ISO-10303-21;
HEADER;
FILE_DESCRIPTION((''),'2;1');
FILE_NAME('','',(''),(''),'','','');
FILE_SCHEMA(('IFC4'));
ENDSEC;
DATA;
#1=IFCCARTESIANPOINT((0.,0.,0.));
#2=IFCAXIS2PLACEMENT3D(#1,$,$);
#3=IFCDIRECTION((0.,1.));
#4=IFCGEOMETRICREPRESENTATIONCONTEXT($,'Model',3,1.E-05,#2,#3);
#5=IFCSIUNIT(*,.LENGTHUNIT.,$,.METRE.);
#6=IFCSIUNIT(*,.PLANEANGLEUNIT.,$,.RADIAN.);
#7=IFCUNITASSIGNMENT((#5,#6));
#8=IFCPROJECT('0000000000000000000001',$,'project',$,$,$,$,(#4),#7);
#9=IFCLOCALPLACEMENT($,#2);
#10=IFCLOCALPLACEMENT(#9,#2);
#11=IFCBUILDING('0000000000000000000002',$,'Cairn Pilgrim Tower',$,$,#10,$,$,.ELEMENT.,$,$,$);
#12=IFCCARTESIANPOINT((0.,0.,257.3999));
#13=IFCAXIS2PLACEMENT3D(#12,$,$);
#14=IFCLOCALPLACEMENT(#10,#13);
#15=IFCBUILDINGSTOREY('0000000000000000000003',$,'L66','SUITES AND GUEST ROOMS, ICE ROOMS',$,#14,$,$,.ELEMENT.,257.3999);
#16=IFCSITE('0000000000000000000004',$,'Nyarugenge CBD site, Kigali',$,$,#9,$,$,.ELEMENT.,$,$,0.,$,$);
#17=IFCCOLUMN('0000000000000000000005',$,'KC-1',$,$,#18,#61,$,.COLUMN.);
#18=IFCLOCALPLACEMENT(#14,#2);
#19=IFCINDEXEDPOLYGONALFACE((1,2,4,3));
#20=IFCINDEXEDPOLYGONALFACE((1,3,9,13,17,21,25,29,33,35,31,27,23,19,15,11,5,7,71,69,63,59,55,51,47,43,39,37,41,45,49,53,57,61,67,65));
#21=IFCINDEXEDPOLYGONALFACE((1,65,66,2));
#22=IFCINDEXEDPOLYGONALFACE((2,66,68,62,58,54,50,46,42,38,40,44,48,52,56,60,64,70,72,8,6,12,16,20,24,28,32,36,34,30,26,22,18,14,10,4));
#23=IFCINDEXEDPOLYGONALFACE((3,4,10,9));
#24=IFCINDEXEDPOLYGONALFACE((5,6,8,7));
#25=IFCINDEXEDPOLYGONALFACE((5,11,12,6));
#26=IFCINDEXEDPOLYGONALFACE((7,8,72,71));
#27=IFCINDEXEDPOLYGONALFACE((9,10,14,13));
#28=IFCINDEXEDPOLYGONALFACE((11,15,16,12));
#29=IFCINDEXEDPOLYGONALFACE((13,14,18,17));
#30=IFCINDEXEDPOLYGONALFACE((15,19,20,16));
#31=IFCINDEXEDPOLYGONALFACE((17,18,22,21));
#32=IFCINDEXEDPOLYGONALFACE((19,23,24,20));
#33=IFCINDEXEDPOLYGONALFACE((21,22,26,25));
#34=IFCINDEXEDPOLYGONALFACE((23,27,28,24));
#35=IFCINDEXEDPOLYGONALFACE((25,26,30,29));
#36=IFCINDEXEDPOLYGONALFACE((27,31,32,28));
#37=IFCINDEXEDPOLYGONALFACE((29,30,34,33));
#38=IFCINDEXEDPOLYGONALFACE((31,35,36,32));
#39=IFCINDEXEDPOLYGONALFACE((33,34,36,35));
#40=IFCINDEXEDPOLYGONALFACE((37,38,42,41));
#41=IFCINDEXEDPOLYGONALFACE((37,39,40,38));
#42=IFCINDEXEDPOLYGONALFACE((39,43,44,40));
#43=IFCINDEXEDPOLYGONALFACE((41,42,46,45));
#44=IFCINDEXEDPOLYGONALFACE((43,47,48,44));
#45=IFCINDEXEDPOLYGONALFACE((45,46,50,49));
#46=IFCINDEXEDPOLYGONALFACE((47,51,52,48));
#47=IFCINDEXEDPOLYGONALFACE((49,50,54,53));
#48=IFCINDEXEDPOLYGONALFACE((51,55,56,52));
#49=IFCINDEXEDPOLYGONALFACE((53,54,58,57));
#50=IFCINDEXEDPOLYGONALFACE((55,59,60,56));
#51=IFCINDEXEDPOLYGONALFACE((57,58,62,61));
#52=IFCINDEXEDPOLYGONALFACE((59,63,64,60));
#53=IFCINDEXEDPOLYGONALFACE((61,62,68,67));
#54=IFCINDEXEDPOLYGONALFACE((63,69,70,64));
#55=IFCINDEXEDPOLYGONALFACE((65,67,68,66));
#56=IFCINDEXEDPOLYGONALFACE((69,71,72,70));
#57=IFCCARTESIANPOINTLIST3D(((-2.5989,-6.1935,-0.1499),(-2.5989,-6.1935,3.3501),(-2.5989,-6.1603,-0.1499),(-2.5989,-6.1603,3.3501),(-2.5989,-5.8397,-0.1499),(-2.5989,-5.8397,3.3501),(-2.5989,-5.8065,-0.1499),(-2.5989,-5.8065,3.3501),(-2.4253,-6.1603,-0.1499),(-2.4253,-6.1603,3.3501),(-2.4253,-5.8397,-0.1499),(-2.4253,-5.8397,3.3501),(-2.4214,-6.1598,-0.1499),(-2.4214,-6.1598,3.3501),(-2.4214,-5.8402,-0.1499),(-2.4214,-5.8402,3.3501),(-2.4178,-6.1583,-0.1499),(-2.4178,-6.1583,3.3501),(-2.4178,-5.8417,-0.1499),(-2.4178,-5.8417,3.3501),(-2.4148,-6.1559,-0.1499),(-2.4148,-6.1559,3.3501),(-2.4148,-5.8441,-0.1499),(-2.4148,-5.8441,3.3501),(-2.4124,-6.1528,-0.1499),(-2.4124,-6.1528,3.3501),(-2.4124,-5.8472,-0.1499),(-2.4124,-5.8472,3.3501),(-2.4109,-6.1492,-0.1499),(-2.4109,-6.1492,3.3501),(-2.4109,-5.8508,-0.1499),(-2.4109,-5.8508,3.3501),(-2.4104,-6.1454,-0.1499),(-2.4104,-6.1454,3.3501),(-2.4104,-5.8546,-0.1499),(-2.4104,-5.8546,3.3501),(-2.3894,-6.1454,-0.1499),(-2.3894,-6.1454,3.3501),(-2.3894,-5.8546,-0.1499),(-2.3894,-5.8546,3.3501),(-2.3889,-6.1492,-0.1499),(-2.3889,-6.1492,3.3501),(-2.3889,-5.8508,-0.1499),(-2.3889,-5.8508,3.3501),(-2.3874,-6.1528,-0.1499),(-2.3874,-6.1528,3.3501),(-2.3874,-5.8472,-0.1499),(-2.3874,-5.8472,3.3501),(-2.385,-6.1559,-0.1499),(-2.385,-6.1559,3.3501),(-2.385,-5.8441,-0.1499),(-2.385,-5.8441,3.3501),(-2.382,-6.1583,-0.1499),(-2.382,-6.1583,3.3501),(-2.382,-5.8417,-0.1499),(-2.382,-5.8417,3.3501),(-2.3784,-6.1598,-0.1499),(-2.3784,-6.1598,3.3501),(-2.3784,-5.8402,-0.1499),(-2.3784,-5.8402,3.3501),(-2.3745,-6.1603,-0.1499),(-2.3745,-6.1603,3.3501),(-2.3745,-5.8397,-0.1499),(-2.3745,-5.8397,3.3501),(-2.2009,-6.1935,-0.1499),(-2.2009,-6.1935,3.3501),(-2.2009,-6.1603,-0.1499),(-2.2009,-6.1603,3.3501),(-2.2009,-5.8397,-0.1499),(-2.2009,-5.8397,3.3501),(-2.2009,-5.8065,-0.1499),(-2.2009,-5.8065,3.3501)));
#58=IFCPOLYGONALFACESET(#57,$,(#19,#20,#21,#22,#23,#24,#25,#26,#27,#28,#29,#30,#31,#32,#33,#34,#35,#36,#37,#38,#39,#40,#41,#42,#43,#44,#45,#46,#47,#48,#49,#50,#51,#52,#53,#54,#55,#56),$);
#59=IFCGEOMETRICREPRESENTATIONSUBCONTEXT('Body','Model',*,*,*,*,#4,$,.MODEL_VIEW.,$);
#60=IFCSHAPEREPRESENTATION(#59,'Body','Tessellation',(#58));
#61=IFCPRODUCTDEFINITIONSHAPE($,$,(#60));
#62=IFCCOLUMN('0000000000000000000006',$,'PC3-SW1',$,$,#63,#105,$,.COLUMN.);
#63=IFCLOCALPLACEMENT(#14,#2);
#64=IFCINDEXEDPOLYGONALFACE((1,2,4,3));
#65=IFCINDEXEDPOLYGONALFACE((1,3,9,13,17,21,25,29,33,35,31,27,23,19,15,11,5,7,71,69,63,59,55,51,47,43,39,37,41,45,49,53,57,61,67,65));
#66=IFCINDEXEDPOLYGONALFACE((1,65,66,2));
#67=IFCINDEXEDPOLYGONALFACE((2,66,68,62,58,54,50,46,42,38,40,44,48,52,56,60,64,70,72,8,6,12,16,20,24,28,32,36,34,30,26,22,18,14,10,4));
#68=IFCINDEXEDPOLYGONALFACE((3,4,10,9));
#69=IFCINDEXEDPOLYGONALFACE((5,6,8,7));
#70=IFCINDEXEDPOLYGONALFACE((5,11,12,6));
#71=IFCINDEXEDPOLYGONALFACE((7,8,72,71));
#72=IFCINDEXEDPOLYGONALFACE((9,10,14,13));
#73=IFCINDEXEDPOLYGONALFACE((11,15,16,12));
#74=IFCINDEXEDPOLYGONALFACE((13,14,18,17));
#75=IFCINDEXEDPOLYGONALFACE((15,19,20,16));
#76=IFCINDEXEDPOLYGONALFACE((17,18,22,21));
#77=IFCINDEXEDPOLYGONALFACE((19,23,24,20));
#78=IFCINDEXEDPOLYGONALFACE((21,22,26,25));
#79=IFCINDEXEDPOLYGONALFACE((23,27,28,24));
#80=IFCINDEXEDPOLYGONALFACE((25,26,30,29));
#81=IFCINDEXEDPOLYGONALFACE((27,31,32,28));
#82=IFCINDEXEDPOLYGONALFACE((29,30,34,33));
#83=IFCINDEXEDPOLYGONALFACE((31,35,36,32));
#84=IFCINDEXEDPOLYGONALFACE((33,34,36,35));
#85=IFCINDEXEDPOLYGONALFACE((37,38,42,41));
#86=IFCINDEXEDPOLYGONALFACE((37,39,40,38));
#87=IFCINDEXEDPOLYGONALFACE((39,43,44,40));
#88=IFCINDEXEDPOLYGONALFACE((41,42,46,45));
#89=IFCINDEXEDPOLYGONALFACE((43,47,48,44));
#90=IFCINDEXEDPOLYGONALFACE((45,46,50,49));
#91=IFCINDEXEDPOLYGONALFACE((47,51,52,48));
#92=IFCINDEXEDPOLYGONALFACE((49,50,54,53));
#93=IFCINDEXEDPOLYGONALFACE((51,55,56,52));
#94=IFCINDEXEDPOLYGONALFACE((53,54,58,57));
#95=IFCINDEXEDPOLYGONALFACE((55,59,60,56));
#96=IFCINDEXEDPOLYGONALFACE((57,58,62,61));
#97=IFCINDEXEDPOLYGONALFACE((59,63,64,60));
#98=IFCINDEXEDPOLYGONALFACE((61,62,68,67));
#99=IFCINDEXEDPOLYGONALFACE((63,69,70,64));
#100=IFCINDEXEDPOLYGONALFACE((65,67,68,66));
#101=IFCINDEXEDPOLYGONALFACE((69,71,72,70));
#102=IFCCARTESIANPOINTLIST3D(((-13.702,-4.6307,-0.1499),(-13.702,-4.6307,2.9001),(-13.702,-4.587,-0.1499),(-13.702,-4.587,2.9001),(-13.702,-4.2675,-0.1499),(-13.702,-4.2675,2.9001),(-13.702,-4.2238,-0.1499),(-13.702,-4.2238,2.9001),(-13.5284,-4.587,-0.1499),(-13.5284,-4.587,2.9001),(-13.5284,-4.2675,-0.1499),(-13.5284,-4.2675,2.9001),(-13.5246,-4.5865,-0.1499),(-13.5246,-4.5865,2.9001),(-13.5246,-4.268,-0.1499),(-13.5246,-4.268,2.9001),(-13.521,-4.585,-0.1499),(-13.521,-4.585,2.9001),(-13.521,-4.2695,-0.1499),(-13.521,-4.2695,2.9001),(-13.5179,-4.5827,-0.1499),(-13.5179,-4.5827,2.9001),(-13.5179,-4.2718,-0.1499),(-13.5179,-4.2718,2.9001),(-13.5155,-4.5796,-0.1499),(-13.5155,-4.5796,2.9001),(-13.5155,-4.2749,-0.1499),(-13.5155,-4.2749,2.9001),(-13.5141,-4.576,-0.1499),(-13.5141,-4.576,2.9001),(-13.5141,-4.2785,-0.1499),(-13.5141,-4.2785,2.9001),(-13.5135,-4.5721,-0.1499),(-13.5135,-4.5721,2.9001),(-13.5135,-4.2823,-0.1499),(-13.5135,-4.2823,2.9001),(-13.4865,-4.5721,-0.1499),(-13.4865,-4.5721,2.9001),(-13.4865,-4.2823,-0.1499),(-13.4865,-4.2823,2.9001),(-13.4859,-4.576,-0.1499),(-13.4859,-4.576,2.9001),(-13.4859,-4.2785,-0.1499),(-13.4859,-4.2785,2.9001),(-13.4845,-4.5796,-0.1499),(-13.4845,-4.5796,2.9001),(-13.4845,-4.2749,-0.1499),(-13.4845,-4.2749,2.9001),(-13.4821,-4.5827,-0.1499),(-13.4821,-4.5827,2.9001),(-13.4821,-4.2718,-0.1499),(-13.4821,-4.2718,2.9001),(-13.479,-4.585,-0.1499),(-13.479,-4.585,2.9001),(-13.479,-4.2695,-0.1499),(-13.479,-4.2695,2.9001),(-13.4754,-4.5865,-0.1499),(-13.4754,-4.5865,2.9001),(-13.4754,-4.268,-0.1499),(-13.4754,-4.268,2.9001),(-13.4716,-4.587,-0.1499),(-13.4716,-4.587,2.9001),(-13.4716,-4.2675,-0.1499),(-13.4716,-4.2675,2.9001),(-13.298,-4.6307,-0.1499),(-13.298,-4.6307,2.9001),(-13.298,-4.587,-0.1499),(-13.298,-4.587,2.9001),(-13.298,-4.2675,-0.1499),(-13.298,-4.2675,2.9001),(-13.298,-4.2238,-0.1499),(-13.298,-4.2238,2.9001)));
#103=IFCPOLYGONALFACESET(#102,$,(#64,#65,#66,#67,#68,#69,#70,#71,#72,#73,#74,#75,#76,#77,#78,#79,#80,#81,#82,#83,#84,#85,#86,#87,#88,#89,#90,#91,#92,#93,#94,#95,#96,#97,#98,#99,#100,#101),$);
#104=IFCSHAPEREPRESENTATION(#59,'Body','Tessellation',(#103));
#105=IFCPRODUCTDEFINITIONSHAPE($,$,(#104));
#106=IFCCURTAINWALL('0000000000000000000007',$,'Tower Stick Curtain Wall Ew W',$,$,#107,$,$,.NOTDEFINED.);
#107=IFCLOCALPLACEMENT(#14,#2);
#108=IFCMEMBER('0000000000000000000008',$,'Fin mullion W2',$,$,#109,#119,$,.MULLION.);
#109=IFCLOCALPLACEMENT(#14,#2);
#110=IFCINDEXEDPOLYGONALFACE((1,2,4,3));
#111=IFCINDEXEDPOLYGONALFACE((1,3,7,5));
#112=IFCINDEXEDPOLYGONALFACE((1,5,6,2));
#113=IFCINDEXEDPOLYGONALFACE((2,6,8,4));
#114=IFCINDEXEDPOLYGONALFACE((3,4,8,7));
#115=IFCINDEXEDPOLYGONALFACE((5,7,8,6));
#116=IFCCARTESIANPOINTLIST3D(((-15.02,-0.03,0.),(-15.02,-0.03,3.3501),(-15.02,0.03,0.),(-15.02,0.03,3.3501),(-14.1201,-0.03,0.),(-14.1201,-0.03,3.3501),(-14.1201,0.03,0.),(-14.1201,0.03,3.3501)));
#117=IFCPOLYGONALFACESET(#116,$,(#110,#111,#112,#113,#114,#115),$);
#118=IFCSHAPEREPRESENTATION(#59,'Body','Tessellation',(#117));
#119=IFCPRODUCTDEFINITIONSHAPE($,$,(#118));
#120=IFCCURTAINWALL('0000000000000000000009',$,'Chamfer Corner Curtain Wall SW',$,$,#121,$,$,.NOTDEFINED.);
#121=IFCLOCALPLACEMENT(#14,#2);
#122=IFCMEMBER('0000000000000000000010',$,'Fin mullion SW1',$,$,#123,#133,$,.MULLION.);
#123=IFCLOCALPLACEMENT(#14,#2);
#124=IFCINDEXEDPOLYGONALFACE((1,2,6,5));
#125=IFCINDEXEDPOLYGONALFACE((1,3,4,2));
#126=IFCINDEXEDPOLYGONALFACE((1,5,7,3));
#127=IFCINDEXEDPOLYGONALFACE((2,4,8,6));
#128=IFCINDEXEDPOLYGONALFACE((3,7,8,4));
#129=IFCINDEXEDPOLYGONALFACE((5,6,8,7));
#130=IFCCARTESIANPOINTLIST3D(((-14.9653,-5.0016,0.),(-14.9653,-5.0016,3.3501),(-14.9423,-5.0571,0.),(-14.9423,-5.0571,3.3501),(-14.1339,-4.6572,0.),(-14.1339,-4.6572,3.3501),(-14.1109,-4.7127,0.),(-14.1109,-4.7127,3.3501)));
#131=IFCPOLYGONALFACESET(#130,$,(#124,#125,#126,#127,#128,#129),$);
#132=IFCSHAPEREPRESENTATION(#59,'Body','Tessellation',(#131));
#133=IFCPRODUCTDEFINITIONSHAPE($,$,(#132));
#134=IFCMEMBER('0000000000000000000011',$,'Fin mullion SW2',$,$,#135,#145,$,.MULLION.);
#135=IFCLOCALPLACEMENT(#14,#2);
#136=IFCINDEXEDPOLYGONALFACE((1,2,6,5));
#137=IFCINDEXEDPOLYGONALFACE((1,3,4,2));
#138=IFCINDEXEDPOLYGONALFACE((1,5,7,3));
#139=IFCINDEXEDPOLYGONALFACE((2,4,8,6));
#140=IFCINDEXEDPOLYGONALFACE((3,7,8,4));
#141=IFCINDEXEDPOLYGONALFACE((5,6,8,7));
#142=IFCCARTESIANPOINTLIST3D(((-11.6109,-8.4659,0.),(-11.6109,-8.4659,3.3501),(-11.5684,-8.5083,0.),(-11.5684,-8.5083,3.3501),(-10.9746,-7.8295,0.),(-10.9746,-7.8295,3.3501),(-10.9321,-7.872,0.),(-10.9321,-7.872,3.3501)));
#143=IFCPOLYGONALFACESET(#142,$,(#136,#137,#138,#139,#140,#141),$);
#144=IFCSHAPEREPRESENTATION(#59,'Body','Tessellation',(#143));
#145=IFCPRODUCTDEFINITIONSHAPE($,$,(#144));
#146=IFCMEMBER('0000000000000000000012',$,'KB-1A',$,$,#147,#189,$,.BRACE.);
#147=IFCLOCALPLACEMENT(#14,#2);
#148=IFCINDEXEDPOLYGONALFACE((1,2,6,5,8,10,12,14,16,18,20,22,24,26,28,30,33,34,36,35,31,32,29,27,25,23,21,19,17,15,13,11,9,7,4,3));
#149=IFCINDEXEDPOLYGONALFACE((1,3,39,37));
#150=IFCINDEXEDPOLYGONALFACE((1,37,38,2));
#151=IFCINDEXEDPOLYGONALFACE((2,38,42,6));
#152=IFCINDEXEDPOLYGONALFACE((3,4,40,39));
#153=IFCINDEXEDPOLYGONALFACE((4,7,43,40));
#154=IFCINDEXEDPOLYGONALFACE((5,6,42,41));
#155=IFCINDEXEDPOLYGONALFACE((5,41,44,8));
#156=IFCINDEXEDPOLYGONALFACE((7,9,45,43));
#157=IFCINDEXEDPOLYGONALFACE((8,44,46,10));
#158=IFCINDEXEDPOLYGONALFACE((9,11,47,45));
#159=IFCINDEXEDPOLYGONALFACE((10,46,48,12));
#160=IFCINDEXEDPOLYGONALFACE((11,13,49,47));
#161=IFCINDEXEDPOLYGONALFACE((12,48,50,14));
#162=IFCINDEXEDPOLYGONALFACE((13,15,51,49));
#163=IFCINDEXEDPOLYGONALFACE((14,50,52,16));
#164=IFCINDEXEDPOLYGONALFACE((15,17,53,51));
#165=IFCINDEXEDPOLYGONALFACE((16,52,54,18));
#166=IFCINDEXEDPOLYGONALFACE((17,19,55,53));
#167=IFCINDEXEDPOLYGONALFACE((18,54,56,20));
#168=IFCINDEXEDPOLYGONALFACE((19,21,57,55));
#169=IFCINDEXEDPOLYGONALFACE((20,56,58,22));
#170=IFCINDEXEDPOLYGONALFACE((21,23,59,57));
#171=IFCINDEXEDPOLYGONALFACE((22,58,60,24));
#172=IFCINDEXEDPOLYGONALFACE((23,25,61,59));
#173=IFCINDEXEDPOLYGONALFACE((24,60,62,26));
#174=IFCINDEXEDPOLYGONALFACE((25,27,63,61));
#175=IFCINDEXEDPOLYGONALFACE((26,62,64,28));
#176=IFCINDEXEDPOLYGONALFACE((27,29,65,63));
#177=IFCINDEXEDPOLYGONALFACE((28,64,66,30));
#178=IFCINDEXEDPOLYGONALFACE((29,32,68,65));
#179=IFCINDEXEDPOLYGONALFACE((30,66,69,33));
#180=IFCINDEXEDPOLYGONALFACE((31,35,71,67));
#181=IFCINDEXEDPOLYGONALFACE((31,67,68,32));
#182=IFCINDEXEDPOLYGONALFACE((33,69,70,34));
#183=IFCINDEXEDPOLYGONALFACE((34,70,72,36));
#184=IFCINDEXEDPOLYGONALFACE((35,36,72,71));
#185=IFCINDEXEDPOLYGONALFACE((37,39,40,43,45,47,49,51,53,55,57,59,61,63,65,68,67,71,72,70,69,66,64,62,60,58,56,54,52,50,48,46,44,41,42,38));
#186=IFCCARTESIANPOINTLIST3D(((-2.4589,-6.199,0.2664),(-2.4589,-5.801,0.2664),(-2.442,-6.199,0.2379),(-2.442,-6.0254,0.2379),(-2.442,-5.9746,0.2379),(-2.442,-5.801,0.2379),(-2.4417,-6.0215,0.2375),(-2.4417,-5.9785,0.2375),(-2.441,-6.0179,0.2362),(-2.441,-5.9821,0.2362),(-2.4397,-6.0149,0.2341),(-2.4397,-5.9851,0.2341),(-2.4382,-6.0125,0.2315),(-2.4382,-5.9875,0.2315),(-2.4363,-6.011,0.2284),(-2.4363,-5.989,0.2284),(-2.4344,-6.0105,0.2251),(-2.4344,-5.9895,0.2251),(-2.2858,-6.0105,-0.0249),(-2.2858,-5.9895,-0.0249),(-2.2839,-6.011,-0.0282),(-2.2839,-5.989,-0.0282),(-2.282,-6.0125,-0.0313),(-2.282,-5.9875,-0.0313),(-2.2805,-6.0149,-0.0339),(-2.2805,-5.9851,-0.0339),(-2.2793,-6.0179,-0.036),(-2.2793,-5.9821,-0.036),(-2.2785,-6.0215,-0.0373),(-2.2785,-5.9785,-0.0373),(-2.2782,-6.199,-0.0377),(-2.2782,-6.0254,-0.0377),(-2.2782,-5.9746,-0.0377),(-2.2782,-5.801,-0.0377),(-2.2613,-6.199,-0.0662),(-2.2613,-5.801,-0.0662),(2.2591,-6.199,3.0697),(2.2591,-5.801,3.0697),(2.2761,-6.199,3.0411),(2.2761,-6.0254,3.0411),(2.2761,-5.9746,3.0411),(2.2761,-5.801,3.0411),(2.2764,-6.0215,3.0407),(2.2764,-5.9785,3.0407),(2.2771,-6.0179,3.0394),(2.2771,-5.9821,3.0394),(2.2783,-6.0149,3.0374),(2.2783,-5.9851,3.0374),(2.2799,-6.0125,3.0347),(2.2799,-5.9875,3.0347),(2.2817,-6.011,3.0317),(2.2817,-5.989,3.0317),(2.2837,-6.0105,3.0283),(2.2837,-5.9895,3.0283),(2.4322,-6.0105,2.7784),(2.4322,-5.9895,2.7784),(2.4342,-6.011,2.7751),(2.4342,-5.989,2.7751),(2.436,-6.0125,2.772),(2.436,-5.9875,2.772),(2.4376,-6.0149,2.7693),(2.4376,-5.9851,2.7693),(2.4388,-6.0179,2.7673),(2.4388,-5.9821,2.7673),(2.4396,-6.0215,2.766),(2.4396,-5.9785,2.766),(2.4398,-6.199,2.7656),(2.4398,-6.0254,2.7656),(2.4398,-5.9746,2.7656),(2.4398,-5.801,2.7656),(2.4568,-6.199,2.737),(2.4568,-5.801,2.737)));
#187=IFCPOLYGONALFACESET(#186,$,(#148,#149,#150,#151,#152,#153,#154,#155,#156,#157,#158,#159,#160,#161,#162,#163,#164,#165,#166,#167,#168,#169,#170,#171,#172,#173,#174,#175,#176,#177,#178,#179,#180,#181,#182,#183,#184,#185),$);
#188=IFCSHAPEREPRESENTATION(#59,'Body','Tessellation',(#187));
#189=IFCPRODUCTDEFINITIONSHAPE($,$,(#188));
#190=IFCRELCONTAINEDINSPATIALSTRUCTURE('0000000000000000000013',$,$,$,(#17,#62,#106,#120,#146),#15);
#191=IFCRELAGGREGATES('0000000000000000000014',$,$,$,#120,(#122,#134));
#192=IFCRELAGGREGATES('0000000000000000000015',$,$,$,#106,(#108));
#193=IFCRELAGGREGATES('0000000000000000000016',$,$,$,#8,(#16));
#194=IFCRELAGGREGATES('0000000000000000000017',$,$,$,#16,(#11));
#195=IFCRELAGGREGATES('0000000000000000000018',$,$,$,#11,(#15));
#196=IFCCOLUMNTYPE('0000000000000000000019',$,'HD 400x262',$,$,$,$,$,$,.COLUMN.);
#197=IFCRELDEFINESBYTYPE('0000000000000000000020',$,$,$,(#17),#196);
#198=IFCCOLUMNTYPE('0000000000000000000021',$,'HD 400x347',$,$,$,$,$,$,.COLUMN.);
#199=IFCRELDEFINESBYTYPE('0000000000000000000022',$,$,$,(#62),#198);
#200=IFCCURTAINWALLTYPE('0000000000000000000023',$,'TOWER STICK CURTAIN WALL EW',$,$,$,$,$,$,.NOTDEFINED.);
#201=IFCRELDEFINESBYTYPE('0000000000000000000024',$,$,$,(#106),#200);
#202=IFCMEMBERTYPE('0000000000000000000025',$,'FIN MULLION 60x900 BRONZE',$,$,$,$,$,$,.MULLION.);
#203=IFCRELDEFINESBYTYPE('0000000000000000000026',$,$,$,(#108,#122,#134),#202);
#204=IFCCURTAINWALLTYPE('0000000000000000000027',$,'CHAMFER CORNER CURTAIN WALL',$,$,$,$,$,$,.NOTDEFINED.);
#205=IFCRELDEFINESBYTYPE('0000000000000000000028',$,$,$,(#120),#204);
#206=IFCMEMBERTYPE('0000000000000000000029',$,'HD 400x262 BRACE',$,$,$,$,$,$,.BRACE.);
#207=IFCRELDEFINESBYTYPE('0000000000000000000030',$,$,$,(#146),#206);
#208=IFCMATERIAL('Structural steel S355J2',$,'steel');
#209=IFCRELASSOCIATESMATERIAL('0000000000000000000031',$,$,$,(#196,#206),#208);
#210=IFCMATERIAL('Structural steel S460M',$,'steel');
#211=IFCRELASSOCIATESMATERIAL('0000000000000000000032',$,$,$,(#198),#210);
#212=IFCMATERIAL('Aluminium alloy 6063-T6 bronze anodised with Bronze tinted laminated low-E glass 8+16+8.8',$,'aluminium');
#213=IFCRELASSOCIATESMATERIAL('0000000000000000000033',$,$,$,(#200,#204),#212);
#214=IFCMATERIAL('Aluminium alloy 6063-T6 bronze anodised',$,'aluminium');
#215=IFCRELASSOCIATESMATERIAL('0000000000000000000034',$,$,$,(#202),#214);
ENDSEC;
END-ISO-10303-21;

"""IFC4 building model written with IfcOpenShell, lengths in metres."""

from ifc_helpers import new_model, si_unit, direction, frame, origin, origin_2d, place, context, subcontext, project, spatial, rectangle, i_section, extrude, clip, halfspace, material, material_profile, profile_set, type_object, element, aggregate, save


model = new_model("IFC4")

# Units and contexts
model_context = context("Model", 3, precision=1e-05, world=origin(), true_north=direction((0.0, 1.0)))
body_context = subcontext(model_context, "Body", "Model", "MODEL_VIEW")
ifc_project = project(units=[si_unit("LENGTHUNIT", "METRE"), si_unit("PLANEANGLEUNIT", "RADIAN")], contexts=[model_context])

# Site, building, storey
site_placement = place(None, origin())
site = spatial("IfcSite", under=ifc_project, at=site_placement, Name="Nyarugenge CBD site, Kigali", CompositionType="ELEMENT", RefElevation=0.0)
building_placement = place(site_placement, origin())
building = spatial("IfcBuilding", under=site, at=building_placement, Name="Cairn Pilgrim Tower", CompositionType="ELEMENT")
storey_placement = place(building_placement, frame((0.0, 0.0, 257.3999)))
storey = spatial("IfcBuildingStorey", under=building, at=storey_placement, Name="L66", Description="SUITES AND GUEST ROOMS, ICE ROOMS", CompositionType="ELEMENT", Elevation=257.3999)

# Columns
ifc_material_1 = material(Name="Structural steel S355J2", Category="steel")
ifc_material_profile_1 = material_profile(ifc_material_1, i_section(OverallWidth=0.3979, OverallDepth=0.387, WebThickness=0.021, FlangeThickness=0.0332, FilletRadius=0.0149, at=origin_2d()), Name="HD 400x262")
ifc_profile_set_1 = profile_set([ifc_material_profile_1], Name="Structural steel S355J2")
column_type_1 = type_object("IfcColumnType", Name="HD 400x262", PredefinedType="COLUMN", material=ifc_profile_set_1)
column_1_placement = place(storey_placement, frame((-2.3999, -6.0, -0.1499), z_axis=(0.0, 0.0, 1.0), x_axis=(1.0, 0.0, 0.0)))
element("IfcColumn", 1, at=column_1_placement, inside=storey, type_object=column_type_1, Name="KC-1", PredefinedType="COLUMN", context=body_context, shape_type="SweptSolid", body=[
    extrude(i_section(OverallWidth=0.3979, OverallDepth=0.387, WebThickness=0.021, FlangeThickness=0.0332, FilletRadius=0.0149, at=origin_2d()), origin(), (0.0, 0.0, 1.0), 3.5),
])
ifc_material_2 = material(Name="Structural steel S460M", Category="steel")
ifc_material_profile_2 = material_profile(ifc_material_2, i_section(OverallWidth=0.4041, OverallDepth=0.407, WebThickness=0.0271, FlangeThickness=0.0437, FilletRadius=0.0149, at=origin_2d()), Name="HD 400x347")
ifc_profile_set_2 = profile_set([ifc_material_profile_2], Name="Structural steel S460M")
column_type_2 = type_object("IfcColumnType", Name="HD 400x347", PredefinedType="COLUMN", material=ifc_profile_set_2)
column_2_placement = place(storey_placement, frame((-13.5, -4.4272, -0.1499), z_axis=(0.0, 0.0, 1.0), x_axis=(1.0, 0.0, 0.0)))
element("IfcColumn", 2, at=column_2_placement, inside=storey, type_object=column_type_2, Name="PC3-SW1", PredefinedType="COLUMN", context=body_context, shape_type="Clipping", body=[
    clip(extrude(i_section(OverallWidth=0.4041, OverallDepth=0.407, WebThickness=0.0271, FlangeThickness=0.0437, FilletRadius=0.0149, at=origin_2d()), origin(), (0.0, 0.0, 1.0), 3.5), halfspace(frame((0.0, 0.0, 3.05), z_axis=(0.0, 0.0, 1.0), x_axis=(1.0, 0.0, 0.0)), False)),
])

# Curtain wall, member
ifc_material_3 = material(Name="Aluminium alloy 6063-T6 bronze anodised with Bronze tinted laminated low-E glass 8+16+8.8", Category="aluminium")
curtain_wall_type_1 = type_object("IfcCurtainWallType", Name="TOWER STICK CURTAIN WALL EW", PredefinedType="NOTDEFINED", material=ifc_material_3)
curtain_wall_1_placement = place(storey_placement, origin())
curtain_wall_1 = element("IfcCurtainWall", 3, at=curtain_wall_1_placement, inside=storey, type_object=curtain_wall_type_1, Name="Tower Stick Curtain Wall Ew W", PredefinedType="NOTDEFINED")
ifc_material_4 = material(Name="Aluminium alloy 6063-T6 bronze anodised", Category="aluminium")
ifc_material_profile_3 = material_profile(ifc_material_4, rectangle(XDim=0.8999, YDim=0.0601, at=origin_2d()), Name="FIN MULLION 60x900 BRONZE")
ifc_profile_set_3 = profile_set([ifc_material_profile_3], Name="Aluminium alloy 6063-T6 bronze anodised")
member_type_1 = type_object("IfcMemberType", Name="FIN MULLION 60x900 BRONZE", PredefinedType="MULLION", material=ifc_profile_set_3)
member_1_placement = place(storey_placement, frame((-14.5701, 0.0, 0.0), z_axis=(0.0, 0.0, 1.0), x_axis=(-1.0, 0.0, 0.0)))
member_1 = element("IfcMember", 4, at=member_1_placement, type_object=member_type_1, Name="Fin mullion W2", PredefinedType="MULLION", context=body_context, shape_type="SweptSolid", body=[
    extrude(rectangle(XDim=0.8999, YDim=0.0601, at=origin_2d()), origin(), (0.0, 0.0, 1.0), 3.3501),
])

# Curtain wall, members
curtain_wall_type_2 = type_object("IfcCurtainWallType", Name="CHAMFER CORNER CURTAIN WALL", PredefinedType="NOTDEFINED", material=ifc_material_3)
curtain_wall_2_placement = place(storey_placement, origin())
curtain_wall_2 = element("IfcCurtainWall", 5, at=curtain_wall_2_placement, inside=storey, type_object=curtain_wall_type_2, Name="Chamfer Corner Curtain Wall SW", PredefinedType="NOTDEFINED")
member_2_placement = place(storey_placement, frame((-14.5381, -4.8572, 0.0), z_axis=(0.0, 0.0, 1.0), x_axis=(-0.92388, -0.382683, 0.0)))
member_2 = element("IfcMember", 6, at=member_2_placement, type_object=member_type_1, Name="Fin mullion SW1", PredefinedType="MULLION", context=body_context, shape_type="SweptSolid", body=[
    extrude(rectangle(XDim=0.8999, YDim=0.0601, at=origin_2d()), origin(), (0.0, 0.0, 1.0), 3.3501),
])
member_3_placement = place(storey_placement, frame((-11.2715, -8.1689, 0.0), z_axis=(0.0, 0.0, 1.0), x_axis=(-0.707107, -0.707107, 0.0)))
member_3 = element("IfcMember", 7, at=member_3_placement, type_object=member_type_1, Name="Fin mullion SW2", PredefinedType="MULLION", context=body_context, shape_type="SweptSolid", body=[
    extrude(rectangle(XDim=0.8999, YDim=0.0601, at=origin_2d()), origin(), (0.0, 0.0, 1.0), 3.3501),
])

# Member
ifc_material_profile_4 = material_profile(ifc_material_1, i_section(OverallWidth=0.3979, OverallDepth=0.387, WebThickness=0.021, FlangeThickness=0.0332, FilletRadius=0.0149, at=origin_2d()), Name="HD 400x262")
ifc_profile_set_4 = profile_set([ifc_material_profile_4], Name="Structural steel S355J2")
member_type_2 = type_object("IfcMemberType", Name="HD 400x262 BRACE", PredefinedType="BRACE", material=ifc_profile_set_4)
member_4_placement = place(storey_placement, frame((-2.3601, -6.0, 0.1001), z_axis=(0.859703, 0.0, 0.510795), x_axis=(0.0, 1.0, 0.0)))
element("IfcMember", 8, at=member_4_placement, inside=storey, type_object=member_type_2, Name="KB-1A", PredefinedType="BRACE", context=body_context, shape_type="SweptSolid", body=[
    extrude(i_section(OverallWidth=0.3979, OverallDepth=0.387, WebThickness=0.021, FlangeThickness=0.0332, FilletRadius=0.0149, at=origin_2d()), origin(), (0.0, 0.0, 1.0), 5.488),
])

aggregate(curtain_wall_2, [member_2, member_3])
aggregate(curtain_wall_1, [member_1])

save(model, "model.ifc")
